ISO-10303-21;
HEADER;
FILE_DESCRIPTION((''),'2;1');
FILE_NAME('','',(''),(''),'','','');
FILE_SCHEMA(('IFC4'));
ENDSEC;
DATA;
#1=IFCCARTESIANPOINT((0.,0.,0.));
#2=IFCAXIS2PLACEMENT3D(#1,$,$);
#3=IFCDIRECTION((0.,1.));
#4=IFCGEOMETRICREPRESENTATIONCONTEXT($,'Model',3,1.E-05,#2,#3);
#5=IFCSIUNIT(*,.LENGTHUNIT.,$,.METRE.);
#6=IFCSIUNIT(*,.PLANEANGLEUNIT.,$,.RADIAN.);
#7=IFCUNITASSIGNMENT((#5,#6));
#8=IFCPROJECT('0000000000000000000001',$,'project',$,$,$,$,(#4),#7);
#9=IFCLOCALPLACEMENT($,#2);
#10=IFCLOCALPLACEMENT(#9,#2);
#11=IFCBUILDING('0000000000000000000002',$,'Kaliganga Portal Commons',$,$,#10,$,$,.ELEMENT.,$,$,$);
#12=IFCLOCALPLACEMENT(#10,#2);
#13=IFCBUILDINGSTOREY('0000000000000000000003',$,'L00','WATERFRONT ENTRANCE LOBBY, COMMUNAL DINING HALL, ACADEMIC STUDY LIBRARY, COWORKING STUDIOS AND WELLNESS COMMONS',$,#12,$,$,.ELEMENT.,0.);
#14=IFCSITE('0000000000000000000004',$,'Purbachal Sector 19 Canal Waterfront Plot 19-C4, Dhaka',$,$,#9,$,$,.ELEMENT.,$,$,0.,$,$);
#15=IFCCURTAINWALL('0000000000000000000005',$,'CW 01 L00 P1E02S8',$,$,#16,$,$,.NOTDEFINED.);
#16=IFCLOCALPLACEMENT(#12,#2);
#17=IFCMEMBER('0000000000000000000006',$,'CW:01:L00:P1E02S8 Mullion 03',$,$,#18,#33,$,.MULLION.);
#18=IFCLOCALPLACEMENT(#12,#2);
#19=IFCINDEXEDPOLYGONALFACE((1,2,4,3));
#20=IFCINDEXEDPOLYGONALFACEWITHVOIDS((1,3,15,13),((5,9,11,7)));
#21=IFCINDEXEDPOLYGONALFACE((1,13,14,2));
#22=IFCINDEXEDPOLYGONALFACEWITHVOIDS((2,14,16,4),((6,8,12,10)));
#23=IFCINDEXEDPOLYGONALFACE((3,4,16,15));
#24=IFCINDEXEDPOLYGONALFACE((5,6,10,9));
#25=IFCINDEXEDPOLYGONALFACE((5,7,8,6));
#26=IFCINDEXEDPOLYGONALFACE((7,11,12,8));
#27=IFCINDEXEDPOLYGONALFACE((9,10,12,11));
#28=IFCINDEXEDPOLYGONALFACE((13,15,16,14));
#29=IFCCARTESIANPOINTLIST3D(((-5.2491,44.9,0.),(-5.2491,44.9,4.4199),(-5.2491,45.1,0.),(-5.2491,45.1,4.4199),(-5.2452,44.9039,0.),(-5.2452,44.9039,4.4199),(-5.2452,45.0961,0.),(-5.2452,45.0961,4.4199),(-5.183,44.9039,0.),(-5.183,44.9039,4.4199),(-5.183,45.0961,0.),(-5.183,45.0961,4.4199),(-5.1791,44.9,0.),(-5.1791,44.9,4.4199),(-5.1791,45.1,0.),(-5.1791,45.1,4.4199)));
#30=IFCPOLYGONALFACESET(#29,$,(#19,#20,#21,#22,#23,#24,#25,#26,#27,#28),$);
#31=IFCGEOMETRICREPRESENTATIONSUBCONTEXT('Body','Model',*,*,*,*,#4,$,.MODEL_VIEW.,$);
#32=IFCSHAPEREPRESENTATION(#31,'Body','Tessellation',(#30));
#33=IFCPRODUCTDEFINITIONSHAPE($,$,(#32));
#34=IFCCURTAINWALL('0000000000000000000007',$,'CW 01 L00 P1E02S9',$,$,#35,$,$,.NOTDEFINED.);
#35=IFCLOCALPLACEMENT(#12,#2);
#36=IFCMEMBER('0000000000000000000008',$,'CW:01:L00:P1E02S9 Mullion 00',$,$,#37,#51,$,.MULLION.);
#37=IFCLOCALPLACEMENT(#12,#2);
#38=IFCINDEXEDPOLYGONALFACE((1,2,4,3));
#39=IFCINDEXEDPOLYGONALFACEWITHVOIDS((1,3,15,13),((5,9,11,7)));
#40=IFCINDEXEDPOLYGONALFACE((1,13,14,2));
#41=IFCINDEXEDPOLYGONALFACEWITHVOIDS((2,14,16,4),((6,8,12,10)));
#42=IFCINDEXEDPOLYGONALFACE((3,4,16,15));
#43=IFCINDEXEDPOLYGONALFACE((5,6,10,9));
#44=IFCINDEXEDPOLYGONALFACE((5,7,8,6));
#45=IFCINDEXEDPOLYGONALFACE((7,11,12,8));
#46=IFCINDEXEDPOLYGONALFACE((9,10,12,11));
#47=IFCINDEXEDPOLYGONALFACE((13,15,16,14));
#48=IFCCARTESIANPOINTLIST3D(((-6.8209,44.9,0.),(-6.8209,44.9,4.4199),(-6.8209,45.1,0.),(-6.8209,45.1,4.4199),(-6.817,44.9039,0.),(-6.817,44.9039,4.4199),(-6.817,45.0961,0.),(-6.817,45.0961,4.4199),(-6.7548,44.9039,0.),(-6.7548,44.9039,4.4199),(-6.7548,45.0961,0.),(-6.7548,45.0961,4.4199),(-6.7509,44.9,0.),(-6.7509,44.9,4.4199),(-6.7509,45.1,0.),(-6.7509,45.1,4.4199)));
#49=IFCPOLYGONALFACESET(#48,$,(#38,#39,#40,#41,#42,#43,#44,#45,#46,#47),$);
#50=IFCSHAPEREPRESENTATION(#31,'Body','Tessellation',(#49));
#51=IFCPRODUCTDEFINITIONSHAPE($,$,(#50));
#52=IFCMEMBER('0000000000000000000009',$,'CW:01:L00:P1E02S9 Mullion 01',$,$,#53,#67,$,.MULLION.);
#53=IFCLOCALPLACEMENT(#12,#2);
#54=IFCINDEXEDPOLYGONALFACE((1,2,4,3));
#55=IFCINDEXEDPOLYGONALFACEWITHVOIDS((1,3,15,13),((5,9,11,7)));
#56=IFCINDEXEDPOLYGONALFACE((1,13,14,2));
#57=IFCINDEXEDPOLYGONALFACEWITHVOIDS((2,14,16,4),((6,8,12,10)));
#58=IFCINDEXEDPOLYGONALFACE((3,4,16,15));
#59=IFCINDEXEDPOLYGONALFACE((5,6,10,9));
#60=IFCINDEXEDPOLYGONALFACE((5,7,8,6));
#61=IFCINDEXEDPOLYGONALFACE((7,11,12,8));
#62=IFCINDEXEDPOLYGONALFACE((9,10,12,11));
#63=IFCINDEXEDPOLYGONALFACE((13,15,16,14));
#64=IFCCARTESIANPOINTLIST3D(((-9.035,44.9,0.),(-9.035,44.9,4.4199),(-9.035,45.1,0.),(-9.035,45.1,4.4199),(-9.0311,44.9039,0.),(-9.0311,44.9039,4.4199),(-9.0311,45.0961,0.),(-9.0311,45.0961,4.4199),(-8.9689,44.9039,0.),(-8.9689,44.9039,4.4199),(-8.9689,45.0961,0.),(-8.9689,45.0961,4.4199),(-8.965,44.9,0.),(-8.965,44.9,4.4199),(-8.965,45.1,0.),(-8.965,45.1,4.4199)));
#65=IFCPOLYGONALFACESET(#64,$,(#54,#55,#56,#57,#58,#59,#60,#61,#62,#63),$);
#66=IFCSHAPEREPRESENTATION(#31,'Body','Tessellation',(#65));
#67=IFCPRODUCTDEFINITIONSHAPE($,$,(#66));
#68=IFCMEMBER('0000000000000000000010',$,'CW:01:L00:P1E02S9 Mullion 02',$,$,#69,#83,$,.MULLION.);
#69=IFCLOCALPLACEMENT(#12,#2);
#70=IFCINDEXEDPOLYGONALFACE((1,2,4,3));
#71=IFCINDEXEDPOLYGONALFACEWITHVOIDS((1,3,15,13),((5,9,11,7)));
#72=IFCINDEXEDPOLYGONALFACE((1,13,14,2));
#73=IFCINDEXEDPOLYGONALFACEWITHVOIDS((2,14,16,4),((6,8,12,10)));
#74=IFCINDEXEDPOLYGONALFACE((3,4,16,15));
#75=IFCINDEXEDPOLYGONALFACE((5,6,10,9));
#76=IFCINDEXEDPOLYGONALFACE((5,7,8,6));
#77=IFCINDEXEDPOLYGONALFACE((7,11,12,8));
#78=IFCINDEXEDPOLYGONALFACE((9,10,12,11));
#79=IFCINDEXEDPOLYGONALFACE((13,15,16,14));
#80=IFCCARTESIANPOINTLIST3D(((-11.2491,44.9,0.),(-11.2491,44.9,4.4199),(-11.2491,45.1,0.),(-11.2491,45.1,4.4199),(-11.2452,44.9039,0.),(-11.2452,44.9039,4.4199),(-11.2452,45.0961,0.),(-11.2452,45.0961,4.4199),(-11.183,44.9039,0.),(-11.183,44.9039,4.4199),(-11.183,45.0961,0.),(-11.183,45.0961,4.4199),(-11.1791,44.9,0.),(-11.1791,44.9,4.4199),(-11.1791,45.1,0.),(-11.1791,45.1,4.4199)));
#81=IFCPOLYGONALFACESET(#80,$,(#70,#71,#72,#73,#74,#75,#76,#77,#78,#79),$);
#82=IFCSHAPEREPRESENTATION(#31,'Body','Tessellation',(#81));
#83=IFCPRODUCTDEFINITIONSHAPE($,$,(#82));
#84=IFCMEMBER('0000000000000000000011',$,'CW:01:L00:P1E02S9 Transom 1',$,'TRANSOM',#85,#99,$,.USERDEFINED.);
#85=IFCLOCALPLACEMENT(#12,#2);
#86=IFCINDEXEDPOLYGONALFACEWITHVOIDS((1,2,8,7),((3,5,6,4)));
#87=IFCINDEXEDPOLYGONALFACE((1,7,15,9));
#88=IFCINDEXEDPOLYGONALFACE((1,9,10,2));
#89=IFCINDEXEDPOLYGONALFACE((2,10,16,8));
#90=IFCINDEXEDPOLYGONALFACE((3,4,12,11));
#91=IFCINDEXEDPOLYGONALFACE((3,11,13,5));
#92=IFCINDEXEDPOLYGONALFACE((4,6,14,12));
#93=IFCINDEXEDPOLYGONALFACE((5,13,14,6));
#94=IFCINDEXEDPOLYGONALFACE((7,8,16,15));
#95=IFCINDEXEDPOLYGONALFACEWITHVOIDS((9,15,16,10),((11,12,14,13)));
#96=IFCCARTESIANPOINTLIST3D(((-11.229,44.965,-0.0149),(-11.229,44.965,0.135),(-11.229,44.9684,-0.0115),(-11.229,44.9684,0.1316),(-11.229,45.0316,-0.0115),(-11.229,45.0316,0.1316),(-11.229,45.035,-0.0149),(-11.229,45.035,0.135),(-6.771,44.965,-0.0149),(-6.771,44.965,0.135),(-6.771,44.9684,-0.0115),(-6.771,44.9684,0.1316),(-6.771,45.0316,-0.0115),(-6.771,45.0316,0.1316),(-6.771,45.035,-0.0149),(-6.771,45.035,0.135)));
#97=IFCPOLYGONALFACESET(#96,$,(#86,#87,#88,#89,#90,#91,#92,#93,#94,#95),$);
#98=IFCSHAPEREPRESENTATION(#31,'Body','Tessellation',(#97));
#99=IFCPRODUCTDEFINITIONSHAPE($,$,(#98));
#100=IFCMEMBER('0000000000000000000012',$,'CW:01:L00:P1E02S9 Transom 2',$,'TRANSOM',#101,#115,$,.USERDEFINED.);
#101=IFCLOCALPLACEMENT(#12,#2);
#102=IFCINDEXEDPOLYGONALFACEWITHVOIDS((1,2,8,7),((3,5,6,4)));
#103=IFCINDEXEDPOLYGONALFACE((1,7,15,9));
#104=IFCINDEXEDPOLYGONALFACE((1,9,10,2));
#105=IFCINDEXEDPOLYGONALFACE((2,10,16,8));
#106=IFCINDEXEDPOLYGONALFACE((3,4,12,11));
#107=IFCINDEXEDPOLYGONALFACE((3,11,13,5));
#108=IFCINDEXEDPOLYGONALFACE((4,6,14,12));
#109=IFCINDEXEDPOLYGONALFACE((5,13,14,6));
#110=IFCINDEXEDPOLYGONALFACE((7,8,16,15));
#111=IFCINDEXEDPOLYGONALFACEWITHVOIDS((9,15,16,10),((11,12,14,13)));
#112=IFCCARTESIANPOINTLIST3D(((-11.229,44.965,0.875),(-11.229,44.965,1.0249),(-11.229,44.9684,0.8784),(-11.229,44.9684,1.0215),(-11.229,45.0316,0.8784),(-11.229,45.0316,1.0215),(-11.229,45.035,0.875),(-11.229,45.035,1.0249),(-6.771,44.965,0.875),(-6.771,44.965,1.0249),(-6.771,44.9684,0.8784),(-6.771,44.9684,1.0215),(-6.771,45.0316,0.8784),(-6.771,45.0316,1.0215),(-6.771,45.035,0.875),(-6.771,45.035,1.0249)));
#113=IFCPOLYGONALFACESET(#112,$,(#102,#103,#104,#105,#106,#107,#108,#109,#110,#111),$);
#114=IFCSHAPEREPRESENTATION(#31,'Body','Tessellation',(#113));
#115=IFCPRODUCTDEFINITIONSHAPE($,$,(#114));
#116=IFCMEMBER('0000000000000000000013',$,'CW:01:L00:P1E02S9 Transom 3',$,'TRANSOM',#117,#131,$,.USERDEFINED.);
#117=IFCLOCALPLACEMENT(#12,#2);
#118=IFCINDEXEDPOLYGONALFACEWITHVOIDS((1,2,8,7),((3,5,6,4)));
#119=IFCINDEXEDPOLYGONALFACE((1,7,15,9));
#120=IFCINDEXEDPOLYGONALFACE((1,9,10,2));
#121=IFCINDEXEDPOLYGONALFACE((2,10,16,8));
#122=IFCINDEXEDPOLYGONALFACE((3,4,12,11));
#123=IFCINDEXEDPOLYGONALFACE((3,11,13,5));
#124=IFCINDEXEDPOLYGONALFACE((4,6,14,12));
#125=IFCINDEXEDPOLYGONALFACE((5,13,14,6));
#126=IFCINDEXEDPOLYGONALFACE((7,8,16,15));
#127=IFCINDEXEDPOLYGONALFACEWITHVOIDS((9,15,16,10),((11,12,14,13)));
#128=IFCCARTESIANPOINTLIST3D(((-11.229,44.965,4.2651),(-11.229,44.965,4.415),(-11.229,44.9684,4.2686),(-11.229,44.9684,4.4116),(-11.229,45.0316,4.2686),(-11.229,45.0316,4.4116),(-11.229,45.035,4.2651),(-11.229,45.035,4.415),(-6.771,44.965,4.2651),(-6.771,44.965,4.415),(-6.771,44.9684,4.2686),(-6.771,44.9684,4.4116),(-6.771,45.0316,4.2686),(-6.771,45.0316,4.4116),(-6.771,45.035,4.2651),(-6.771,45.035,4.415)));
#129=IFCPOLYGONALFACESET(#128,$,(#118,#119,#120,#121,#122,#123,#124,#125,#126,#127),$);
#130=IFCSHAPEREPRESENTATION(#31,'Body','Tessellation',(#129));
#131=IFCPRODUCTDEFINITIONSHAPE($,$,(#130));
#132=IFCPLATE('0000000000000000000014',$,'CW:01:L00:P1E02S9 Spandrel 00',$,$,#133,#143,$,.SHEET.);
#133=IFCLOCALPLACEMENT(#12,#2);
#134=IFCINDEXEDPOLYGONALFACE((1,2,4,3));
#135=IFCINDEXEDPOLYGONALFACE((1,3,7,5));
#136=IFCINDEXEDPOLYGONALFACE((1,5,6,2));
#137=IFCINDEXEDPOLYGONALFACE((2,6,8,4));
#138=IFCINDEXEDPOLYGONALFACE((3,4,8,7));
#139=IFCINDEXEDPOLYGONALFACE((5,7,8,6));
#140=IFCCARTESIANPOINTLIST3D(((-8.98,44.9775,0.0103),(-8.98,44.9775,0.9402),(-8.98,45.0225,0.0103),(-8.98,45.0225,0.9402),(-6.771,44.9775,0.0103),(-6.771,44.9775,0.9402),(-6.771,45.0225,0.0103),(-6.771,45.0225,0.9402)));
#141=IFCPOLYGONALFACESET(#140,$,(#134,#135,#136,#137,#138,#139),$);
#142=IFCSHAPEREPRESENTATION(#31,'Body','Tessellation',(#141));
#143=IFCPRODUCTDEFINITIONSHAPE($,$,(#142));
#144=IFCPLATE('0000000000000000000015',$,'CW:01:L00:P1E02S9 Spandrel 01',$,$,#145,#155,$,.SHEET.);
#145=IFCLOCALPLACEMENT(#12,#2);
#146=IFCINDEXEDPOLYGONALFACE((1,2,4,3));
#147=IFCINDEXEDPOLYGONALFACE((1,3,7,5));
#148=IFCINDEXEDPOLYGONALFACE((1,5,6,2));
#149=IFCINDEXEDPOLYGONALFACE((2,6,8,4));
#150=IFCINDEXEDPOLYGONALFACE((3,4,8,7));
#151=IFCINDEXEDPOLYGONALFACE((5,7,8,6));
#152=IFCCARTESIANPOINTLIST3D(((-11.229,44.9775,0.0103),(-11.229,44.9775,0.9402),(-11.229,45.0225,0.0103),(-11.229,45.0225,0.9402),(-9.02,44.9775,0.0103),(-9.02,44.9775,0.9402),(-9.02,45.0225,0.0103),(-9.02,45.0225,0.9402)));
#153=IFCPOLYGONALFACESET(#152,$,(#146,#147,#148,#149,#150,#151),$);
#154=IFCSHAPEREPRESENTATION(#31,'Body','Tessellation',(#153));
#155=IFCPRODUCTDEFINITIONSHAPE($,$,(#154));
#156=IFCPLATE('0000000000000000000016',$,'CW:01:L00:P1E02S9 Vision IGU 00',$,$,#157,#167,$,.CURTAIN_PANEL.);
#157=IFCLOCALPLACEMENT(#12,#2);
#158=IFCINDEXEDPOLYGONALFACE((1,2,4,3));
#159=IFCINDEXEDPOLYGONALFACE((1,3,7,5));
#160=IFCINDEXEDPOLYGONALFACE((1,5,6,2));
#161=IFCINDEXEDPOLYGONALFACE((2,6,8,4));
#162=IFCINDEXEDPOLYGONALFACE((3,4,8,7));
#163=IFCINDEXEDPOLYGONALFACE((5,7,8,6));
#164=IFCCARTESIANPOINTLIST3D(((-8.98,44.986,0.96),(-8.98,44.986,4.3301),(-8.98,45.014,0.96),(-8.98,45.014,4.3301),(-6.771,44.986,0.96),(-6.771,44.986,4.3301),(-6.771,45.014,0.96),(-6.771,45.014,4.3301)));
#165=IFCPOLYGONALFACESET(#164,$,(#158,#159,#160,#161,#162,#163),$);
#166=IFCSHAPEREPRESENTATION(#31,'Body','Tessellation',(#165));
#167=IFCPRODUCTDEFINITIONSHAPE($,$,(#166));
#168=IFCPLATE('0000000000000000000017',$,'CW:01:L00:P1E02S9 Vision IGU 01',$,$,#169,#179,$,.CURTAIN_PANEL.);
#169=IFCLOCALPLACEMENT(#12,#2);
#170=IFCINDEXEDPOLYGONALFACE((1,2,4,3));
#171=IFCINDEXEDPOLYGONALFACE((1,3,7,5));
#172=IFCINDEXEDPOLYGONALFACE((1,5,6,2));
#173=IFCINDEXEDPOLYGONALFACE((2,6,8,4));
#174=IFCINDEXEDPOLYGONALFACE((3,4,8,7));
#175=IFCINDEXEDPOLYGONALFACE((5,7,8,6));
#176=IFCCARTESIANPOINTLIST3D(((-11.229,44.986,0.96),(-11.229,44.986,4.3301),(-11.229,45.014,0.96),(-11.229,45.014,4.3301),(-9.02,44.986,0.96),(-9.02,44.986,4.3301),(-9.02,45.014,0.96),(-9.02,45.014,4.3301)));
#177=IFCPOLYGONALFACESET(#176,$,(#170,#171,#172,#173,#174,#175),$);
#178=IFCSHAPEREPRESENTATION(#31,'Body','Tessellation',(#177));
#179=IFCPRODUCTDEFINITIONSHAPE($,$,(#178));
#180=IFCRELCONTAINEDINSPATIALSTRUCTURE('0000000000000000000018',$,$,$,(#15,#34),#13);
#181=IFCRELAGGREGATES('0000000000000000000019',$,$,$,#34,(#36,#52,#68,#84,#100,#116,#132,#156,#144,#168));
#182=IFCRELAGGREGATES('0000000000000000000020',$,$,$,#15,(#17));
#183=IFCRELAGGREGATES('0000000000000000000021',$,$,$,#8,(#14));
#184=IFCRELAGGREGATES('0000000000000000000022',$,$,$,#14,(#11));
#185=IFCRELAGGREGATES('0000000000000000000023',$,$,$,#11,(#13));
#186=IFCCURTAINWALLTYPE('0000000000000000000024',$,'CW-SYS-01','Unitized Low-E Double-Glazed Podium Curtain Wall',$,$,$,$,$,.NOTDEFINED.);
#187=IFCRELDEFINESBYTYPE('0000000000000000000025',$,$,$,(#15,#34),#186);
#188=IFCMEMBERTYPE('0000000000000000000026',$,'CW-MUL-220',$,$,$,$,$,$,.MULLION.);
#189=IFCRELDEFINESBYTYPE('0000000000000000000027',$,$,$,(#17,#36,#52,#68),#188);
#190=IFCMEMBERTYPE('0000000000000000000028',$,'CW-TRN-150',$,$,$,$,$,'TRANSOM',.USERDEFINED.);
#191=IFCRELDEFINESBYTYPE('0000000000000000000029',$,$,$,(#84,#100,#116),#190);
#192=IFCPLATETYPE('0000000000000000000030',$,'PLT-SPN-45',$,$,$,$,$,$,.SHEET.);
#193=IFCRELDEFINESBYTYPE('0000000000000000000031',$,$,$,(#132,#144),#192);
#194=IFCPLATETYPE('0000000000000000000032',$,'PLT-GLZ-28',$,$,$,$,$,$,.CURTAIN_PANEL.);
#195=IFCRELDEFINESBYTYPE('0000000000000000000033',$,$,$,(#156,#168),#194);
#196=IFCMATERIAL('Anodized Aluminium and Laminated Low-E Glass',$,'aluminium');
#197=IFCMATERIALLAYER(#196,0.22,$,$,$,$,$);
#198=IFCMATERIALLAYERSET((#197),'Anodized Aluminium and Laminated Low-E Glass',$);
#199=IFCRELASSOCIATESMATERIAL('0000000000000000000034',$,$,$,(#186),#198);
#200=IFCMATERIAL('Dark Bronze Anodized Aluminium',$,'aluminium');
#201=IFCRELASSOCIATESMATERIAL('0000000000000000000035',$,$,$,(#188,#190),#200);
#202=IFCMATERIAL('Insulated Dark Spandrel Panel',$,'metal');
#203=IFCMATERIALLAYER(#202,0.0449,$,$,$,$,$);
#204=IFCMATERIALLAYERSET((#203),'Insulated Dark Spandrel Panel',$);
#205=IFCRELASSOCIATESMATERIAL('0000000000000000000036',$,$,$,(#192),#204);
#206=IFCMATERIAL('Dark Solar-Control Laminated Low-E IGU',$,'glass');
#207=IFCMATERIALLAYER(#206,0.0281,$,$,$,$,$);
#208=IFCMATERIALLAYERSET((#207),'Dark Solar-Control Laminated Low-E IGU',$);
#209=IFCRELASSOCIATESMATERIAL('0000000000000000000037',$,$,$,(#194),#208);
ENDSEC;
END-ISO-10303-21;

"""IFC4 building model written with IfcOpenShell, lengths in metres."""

from ifc_helpers import new_model, si_unit, direction, frame, origin, origin_2d, place, context, subcontext, project, spatial, rectangle, hollow_rectangle, extrude, source, transform, mapped, material, layer, layer_set, material_profile, profile_set, type_object, element, aggregate, save


model = new_model("IFC4")

# Units and contexts
model_context = context("Model", 3, precision=1e-05, world=origin(), true_north=direction((0.0, 1.0)))
body_context = subcontext(model_context, "Body", "Model", "MODEL_VIEW")
ifc_project = project(units=[si_unit("LENGTHUNIT", "METRE"), si_unit("PLANEANGLEUNIT", "RADIAN")], contexts=[model_context])

# Site, building, storey
site_placement = place(None, origin())
site = spatial("IfcSite", under=ifc_project, at=site_placement, Name="Purbachal Sector 19 Canal Waterfront Plot 19-C4, Dhaka", CompositionType="ELEMENT", RefElevation=0.0)
building_placement = place(site_placement, origin())
building = spatial("IfcBuilding", under=site, at=building_placement, Name="Kaliganga Portal Commons", CompositionType="ELEMENT")
storey_placement = place(building_placement, origin())
storey = spatial("IfcBuildingStorey", under=building, at=storey_placement, Name="L00", Description="WATERFRONT ENTRANCE LOBBY, COMMUNAL DINING HALL, ACADEMIC STUDY LIBRARY, COWORKING STUDIOS AND WELLNESS COMMONS", CompositionType="ELEMENT", Elevation=0.0)

# Curtain wall, member
ifc_material_1 = material(Name="Anodized Aluminium and Laminated Low-E Glass", Category="aluminium")
ifc_layer_1 = layer(ifc_material_1, 0.22)
ifc_layer_set_1 = layer_set([ifc_layer_1], Name="Anodized Aluminium and Laminated Low-E Glass")
curtain_wall_type = type_object("IfcCurtainWallType", Name="CW-SYS-01", Description="Unitized Low-E Double-Glazed Podium Curtain Wall", PredefinedType="NOTDEFINED", material=ifc_layer_set_1)
curtain_wall_1_placement = place(storey_placement, origin())
curtain_wall_1 = element("IfcCurtainWall", 1, at=curtain_wall_1_placement, inside=storey, type_object=curtain_wall_type, Name="CW 01 L00 P1E02S8", PredefinedType="NOTDEFINED")
ifc_material_2 = material(Name="Dark Bronze Anodized Aluminium", Category="aluminium")
ifc_material_profile_1 = material_profile(ifc_material_2, hollow_rectangle(XDim=0.0701, YDim=0.2, WallThickness=0.0039, at=origin_2d()), Name="ALU MULL 70x200x4")
ifc_profile_set_1 = profile_set([ifc_material_profile_1], Name="Dark Bronze Anodized Aluminium")
member_type_1 = type_object("IfcMemberType", Name="CW-MUL-220", PredefinedType="MULLION", material=ifc_profile_set_1)
shared_shape_1 = source(origin(), body_context, "Body", "SweptSolid", [
    extrude(hollow_rectangle(XDim=0.0701, YDim=0.2, WallThickness=0.0039, at=origin_2d()), origin(), (0.0, 0.0, 1.0), 4.4199),
])
member_1_placement = place(storey_placement, frame((-5.2141, 45.0, 0.0), z_axis=(0.0, 0.0, 1.0), x_axis=(-1.0, 0.0, 0.0)))
member_1 = element("IfcMember", 2, at=member_1_placement, type_object=member_type_1, Name="CW:01:L00:P1E02S8 Mullion 03", PredefinedType="MULLION", context=body_context, shape_type="MappedRepresentation", body=[
    mapped(shared_shape_1, transform((0.0, 0.0, 0.0), x_axis=(1.0, 0.0, 0.0), y_axis=(0.0, 1.0, 0.0), z_axis=(0.0, 0.0, 1.0), scale=1.0)),
])

# Curtain wall, members, plates
curtain_wall_2_placement = place(storey_placement, origin())
curtain_wall_2 = element("IfcCurtainWall", 3, at=curtain_wall_2_placement, inside=storey, type_object=curtain_wall_type, Name="CW 01 L00 P1E02S9", PredefinedType="NOTDEFINED")
member_2_placement = place(storey_placement, frame((-6.7859, 45.0, 0.0), z_axis=(0.0, 0.0, 1.0), x_axis=(-1.0, 0.0, 0.0)))
member_2 = element("IfcMember", 4, at=member_2_placement, type_object=member_type_1, Name="CW:01:L00:P1E02S9 Mullion 00", PredefinedType="MULLION", context=body_context, shape_type="MappedRepresentation", body=[
    mapped(shared_shape_1, transform((0.0, 0.0, 0.0), x_axis=(1.0, 0.0, 0.0), y_axis=(0.0, 1.0, 0.0), z_axis=(0.0, 0.0, 1.0), scale=1.0)),
])
member_3_placement = place(storey_placement, frame((-9.0, 45.0, 0.0), z_axis=(0.0, 0.0, 1.0), x_axis=(-1.0, 0.0, 0.0)))
member_3 = element("IfcMember", 5, at=member_3_placement, type_object=member_type_1, Name="CW:01:L00:P1E02S9 Mullion 01", PredefinedType="MULLION", context=body_context, shape_type="MappedRepresentation", body=[
    mapped(shared_shape_1, transform((0.0, 0.0, 0.0), x_axis=(1.0, 0.0, 0.0), y_axis=(0.0, 1.0, 0.0), z_axis=(0.0, 0.0, 1.0), scale=1.0)),
])
member_4_placement = place(storey_placement, frame((-11.2141, 45.0, 0.0), z_axis=(0.0, 0.0, 1.0), x_axis=(-1.0, 0.0, 0.0)))
member_4 = element("IfcMember", 6, at=member_4_placement, type_object=member_type_1, Name="CW:01:L00:P1E02S9 Mullion 02", PredefinedType="MULLION", context=body_context, shape_type="MappedRepresentation", body=[
    mapped(shared_shape_1, transform((0.0, 0.0, 0.0), x_axis=(1.0, 0.0, 0.0), y_axis=(0.0, 1.0, 0.0), z_axis=(0.0, 0.0, 1.0), scale=1.0)),
])
ifc_material_profile_2 = material_profile(ifc_material_2, hollow_rectangle(XDim=0.0701, YDim=0.1499, WallThickness=0.0034, at=origin_2d()), Name="ALU TRAN 70x150x3.5")
ifc_profile_set_2 = profile_set([ifc_material_profile_2], Name="Dark Bronze Anodized Aluminium")
member_type_2 = type_object("IfcMemberType", Name="CW-TRN-150", ElementType="TRANSOM", PredefinedType="USERDEFINED", material=ifc_profile_set_2)
shared_shape_2 = source(origin(), body_context, "Body", "SweptSolid", [
    extrude(hollow_rectangle(XDim=0.0701, YDim=0.1499, WallThickness=0.0034, at=origin_2d()), origin(), (0.0, 0.0, 1.0), 4.458),
])
member_5_placement = place(storey_placement, frame((-6.771, 45.0, 0.0601), z_axis=(-1.0, 0.0, 0.0), x_axis=(0.0, -1.0, 0.0)))
member_5 = element("IfcMember", 7, at=member_5_placement, type_object=member_type_2, Name="CW:01:L00:P1E02S9 Transom 1", ObjectType="TRANSOM", PredefinedType="USERDEFINED", context=body_context, shape_type="MappedRepresentation", body=[
    mapped(shared_shape_2, transform((0.0, 0.0, 0.0), x_axis=(1.0, 0.0, 0.0), y_axis=(0.0, 1.0, 0.0), z_axis=(0.0, 0.0, 1.0), scale=1.0)),
])
member_6_placement = place(storey_placement, frame((-6.771, 45.0, 0.95), z_axis=(-1.0, 0.0, 0.0), x_axis=(0.0, -1.0, 0.0)))
member_6 = element("IfcMember", 8, at=member_6_placement, type_object=member_type_2, Name="CW:01:L00:P1E02S9 Transom 2", ObjectType="TRANSOM", PredefinedType="USERDEFINED", context=body_context, shape_type="MappedRepresentation", body=[
    mapped(shared_shape_2, transform((0.0, 0.0, 0.0), x_axis=(1.0, 0.0, 0.0), y_axis=(0.0, 1.0, 0.0), z_axis=(0.0, 0.0, 1.0), scale=1.0)),
])
member_7_placement = place(storey_placement, frame((-6.771, 45.0, 4.3401), z_axis=(-1.0, 0.0, 0.0), x_axis=(0.0, -1.0, 0.0)))
member_7 = element("IfcMember", 9, at=member_7_placement, type_object=member_type_2, Name="CW:01:L00:P1E02S9 Transom 3", ObjectType="TRANSOM", PredefinedType="USERDEFINED", context=body_context, shape_type="MappedRepresentation", body=[
    mapped(shared_shape_2, transform((0.0, 0.0, 0.0), x_axis=(1.0, 0.0, 0.0), y_axis=(0.0, 1.0, 0.0), z_axis=(0.0, 0.0, 1.0), scale=1.0)),
])
ifc_material_3 = material(Name="Insulated Dark Spandrel Panel", Category="metal")
ifc_layer_2 = layer(ifc_material_3, 0.0449)
ifc_layer_set_2 = layer_set([ifc_layer_2], Name="Insulated Dark Spandrel Panel")
plate_type_1 = type_object("IfcPlateType", Name="PLT-SPN-45", PredefinedType="SHEET", material=ifc_layer_set_2)
shared_shape_3 = source(origin(), body_context, "Body", "SweptSolid", [
    extrude(rectangle(XDim=2.209, YDim=0.0449, at=origin_2d()), origin(), (0.0, 0.0, 1.0), 0.9299),
])
plate_1_placement = place(storey_placement, frame((-7.8755, 45.0, 0.0103), z_axis=(0.0, 0.0, 1.0), x_axis=(-1.0, 0.0, 0.0)))
plate_1 = element("IfcPlate", 10, at=plate_1_placement, type_object=plate_type_1, Name="CW:01:L00:P1E02S9 Spandrel 00", PredefinedType="SHEET", context=body_context, shape_type="MappedRepresentation", body=[
    mapped(shared_shape_3, transform((0.0, 0.0, 0.0), x_axis=(1.0, 0.0, 0.0), y_axis=(0.0, 1.0, 0.0), z_axis=(0.0, 0.0, 1.0), scale=1.0)),
])
plate_2_placement = place(storey_placement, frame((-10.1245, 45.0, 0.0103), z_axis=(0.0, 0.0, 1.0), x_axis=(-1.0, 0.0, 0.0)))
plate_2 = element("IfcPlate", 11, at=plate_2_placement, type_object=plate_type_1, Name="CW:01:L00:P1E02S9 Spandrel 01", PredefinedType="SHEET", context=body_context, shape_type="MappedRepresentation", body=[
    mapped(shared_shape_3, transform((0.0, 0.0, 0.0), x_axis=(1.0, 0.0, 0.0), y_axis=(0.0, 1.0, 0.0), z_axis=(0.0, 0.0, 1.0), scale=1.0)),
])
ifc_material_4 = material(Name="Dark Solar-Control Laminated Low-E IGU", Category="glass")
ifc_layer_3 = layer(ifc_material_4, 0.0281)
ifc_layer_set_3 = layer_set([ifc_layer_3], Name="Dark Solar-Control Laminated Low-E IGU")
plate_type_2 = type_object("IfcPlateType", Name="PLT-GLZ-28", PredefinedType="CURTAIN_PANEL", material=ifc_layer_set_3)
shared_shape_4 = source(origin(), body_context, "Body", "SweptSolid", [
    extrude(rectangle(XDim=2.209, YDim=0.0281, at=origin_2d()), origin(), (0.0, 0.0, 1.0), 3.3701),
])
plate_3_placement = place(storey_placement, frame((-7.8755, 45.0, 0.96), z_axis=(0.0, 0.0, 1.0), x_axis=(-1.0, 0.0, 0.0)))
plate_3 = element("IfcPlate", 12, at=plate_3_placement, type_object=plate_type_2, Name="CW:01:L00:P1E02S9 Vision IGU 00", PredefinedType="CURTAIN_PANEL", context=body_context, shape_type="MappedRepresentation", body=[
    mapped(shared_shape_4, transform((0.0, 0.0, 0.0), x_axis=(1.0, 0.0, 0.0), y_axis=(0.0, 1.0, 0.0), z_axis=(0.0, 0.0, 1.0), scale=1.0)),
])
plate_4_placement = place(storey_placement, frame((-10.1245, 45.0, 0.96), z_axis=(0.0, 0.0, 1.0), x_axis=(-1.0, 0.0, 0.0)))
plate_4 = element("IfcPlate", 13, at=plate_4_placement, type_object=plate_type_2, Name="CW:01:L00:P1E02S9 Vision IGU 01", PredefinedType="CURTAIN_PANEL", context=body_context, shape_type="MappedRepresentation", body=[
    mapped(shared_shape_4, transform((0.0, 0.0, 0.0), x_axis=(1.0, 0.0, 0.0), y_axis=(0.0, 1.0, 0.0), z_axis=(0.0, 0.0, 1.0), scale=1.0)),
])
aggregate(curtain_wall_2, [member_2, member_3, member_4, member_5, member_6, member_7, plate_1, plate_3, plate_2, plate_4])

aggregate(curtain_wall_1, [member_1])

save(model, "model.ifc")
